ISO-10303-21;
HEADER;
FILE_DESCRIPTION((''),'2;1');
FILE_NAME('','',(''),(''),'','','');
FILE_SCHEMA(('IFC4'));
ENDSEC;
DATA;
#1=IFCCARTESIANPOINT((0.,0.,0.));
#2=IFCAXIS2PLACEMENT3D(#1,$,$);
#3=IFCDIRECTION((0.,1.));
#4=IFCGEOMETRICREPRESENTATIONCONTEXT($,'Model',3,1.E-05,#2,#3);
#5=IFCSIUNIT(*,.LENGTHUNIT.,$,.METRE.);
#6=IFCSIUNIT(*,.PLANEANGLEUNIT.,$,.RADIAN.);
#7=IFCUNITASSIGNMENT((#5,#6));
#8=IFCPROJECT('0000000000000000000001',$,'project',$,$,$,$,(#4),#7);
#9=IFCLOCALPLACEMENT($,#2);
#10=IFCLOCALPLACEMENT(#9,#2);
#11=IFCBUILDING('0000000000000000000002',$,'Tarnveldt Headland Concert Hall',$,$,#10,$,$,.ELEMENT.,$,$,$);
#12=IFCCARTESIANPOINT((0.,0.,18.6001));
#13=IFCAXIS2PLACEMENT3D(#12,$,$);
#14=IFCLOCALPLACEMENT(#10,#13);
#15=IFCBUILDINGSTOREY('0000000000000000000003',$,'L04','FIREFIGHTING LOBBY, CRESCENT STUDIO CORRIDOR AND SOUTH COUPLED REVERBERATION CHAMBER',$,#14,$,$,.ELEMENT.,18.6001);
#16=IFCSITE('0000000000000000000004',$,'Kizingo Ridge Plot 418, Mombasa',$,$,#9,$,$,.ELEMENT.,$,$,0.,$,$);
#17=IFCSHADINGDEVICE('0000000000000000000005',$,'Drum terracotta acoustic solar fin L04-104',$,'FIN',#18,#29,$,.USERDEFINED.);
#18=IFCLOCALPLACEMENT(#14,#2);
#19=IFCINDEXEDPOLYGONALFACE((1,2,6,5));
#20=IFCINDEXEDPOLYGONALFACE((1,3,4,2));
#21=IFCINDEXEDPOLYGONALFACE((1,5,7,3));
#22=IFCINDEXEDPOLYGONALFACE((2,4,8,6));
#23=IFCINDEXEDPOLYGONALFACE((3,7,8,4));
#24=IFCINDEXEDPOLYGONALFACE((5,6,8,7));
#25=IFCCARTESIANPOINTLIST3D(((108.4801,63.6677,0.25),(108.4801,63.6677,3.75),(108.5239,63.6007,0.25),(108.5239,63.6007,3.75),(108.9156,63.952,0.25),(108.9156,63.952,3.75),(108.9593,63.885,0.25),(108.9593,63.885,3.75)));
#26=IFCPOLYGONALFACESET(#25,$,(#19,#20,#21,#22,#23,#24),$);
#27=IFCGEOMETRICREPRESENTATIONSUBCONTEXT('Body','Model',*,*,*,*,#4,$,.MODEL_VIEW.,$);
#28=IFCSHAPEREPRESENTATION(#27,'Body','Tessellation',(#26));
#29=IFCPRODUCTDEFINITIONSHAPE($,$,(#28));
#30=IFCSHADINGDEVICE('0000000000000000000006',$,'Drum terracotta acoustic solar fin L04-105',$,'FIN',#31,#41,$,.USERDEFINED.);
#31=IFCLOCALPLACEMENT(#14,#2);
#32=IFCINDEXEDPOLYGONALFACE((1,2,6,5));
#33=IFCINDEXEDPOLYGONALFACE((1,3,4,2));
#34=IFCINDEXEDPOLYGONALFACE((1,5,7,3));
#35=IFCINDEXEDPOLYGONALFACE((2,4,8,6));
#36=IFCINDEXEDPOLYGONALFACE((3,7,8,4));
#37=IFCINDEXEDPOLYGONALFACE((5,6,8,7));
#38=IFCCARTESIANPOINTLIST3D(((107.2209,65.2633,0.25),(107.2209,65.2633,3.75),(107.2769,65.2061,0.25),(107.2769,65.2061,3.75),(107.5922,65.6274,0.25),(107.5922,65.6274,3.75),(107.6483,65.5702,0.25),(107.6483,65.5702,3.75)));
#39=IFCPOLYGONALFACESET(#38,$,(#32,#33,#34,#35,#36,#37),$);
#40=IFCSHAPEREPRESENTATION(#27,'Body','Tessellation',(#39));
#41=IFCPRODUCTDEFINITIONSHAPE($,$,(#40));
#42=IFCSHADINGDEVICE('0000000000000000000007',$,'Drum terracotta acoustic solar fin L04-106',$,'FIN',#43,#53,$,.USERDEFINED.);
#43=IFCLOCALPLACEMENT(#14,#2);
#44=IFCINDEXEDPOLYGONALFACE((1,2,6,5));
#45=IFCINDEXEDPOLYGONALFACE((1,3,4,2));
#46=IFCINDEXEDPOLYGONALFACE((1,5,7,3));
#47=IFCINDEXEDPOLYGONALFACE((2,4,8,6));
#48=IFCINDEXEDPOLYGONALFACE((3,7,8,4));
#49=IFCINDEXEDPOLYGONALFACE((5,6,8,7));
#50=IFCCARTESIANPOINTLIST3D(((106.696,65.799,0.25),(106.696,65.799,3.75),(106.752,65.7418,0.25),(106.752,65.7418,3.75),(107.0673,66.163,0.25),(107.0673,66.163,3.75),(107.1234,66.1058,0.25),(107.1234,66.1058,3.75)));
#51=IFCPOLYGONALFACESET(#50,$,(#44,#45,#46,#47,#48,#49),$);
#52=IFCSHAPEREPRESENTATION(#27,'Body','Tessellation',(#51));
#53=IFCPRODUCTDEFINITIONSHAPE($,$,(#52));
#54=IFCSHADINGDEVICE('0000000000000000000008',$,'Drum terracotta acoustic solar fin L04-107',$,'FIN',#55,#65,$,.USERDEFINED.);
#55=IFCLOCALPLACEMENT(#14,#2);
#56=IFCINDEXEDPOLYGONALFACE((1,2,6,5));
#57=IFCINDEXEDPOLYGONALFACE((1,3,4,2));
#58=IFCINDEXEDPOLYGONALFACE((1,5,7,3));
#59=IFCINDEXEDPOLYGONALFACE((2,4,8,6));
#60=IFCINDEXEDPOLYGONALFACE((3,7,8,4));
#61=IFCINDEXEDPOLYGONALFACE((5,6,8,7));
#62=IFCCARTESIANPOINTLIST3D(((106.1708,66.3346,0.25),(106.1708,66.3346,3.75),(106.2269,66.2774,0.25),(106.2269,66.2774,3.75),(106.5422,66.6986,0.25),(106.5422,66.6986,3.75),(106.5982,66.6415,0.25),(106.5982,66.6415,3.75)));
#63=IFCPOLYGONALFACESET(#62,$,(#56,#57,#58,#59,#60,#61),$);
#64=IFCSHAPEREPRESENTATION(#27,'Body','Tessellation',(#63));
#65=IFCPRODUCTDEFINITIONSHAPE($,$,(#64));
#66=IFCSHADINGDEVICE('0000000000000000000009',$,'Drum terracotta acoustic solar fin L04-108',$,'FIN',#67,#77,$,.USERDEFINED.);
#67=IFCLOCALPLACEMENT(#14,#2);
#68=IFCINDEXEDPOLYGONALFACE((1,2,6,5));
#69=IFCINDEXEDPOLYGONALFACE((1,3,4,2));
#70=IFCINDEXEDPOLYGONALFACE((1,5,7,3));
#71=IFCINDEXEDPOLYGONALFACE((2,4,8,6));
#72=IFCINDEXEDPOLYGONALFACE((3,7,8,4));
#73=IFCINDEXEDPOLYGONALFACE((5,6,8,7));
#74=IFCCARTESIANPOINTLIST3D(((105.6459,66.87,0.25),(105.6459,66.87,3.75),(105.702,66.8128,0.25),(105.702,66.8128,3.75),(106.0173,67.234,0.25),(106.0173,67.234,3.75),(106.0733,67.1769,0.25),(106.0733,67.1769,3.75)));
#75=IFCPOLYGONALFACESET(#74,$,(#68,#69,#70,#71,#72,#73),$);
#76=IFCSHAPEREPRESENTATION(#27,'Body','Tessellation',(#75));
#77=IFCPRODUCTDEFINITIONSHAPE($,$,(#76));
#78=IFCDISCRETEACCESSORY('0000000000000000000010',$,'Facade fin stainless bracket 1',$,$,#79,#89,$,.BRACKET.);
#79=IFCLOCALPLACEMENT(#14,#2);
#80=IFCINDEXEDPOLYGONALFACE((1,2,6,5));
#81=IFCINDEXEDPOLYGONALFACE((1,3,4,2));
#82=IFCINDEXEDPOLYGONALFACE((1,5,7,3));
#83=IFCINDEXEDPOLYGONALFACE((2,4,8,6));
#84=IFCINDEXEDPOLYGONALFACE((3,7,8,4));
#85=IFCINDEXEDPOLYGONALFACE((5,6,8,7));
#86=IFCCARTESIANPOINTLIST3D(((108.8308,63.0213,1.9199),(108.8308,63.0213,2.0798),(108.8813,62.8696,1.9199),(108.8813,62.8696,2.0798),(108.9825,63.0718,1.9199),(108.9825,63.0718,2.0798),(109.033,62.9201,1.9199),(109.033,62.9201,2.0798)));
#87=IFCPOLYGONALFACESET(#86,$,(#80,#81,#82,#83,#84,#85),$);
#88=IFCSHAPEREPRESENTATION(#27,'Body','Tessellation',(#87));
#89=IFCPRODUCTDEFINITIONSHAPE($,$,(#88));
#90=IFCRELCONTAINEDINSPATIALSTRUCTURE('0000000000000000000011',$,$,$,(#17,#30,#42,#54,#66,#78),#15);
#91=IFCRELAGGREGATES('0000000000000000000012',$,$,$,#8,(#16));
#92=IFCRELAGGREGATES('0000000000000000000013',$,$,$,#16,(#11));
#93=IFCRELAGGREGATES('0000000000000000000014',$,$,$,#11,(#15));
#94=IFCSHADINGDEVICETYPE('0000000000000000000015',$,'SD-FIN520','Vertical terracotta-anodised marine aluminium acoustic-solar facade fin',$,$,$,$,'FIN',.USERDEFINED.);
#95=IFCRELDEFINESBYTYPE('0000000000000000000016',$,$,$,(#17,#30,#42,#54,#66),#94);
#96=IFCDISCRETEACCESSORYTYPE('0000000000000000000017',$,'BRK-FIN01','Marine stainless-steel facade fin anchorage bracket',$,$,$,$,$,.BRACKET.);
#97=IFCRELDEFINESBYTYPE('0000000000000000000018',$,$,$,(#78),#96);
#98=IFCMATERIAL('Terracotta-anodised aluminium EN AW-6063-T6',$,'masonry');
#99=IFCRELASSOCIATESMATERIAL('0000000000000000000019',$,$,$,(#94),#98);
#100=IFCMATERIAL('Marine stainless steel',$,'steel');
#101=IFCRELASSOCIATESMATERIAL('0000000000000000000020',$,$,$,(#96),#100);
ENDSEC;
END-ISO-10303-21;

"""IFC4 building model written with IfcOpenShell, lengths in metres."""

from ifc_helpers import new_model, si_unit, direction, frame, origin, origin_2d, place, context, subcontext, project, spatial, rectangle, extrude, material, type_object, element, save


model = new_model("IFC4")

# Units and contexts
model_context = context("Model", 3, precision=1e-05, world=origin(), true_north=direction((0.0, 1.0)))
body_context = subcontext(model_context, "Body", "Model", "MODEL_VIEW")
ifc_project = project(units=[si_unit("LENGTHUNIT", "METRE"), si_unit("PLANEANGLEUNIT", "RADIAN")], contexts=[model_context])

# Site, building, storey
site_placement = place(None, origin())
site = spatial("IfcSite", under=ifc_project, at=site_placement, Name="Kizingo Ridge Plot 418, Mombasa", CompositionType="ELEMENT", RefElevation=0.0)
building_placement = place(site_placement, origin())
building = spatial("IfcBuilding", under=site, at=building_placement, Name="Tarnveldt Headland Concert Hall", CompositionType="ELEMENT")
storey_placement = place(building_placement, frame((0.0, 0.0, 18.6001)))
storey = spatial("IfcBuildingStorey", under=building, at=storey_placement, Name="L04", Description="FIREFIGHTING LOBBY, CRESCENT STUDIO CORRIDOR AND SOUTH COUPLED REVERBERATION CHAMBER", CompositionType="ELEMENT", Elevation=18.6001)

# Shading devices
ifc_material_1 = material(Name="Terracotta-anodised aluminium EN AW-6063-T6", Category="masonry")
shading_device_type = type_object("IfcShadingDeviceType", Name="SD-FIN520", Description="Vertical terracotta-anodised marine aluminium acoustic-solar facade fin", ElementType="FIN", PredefinedType="USERDEFINED", material=ifc_material_1)
for number, where, z_axis, x_axis, name in (
    (1, (108.7197, 63.7764, 0.25), (0.0, 0.0, 1.0), (0.837337, 0.546687, 0.0), "Drum terracotta acoustic solar fin L04-104"),
    (2, (107.4346, 65.4167, 0.25), (0.0, 0.0, 1.0), (0.714106, 0.700037, 0.0), "Drum terracotta acoustic solar fin L04-105"),
    (3, (106.9097, 65.9524, 0.25), (0.0, 0.0, 1.0), (0.714106, 0.700037, 0.0), "Drum terracotta acoustic solar fin L04-106"),
    (4, (106.3845, 66.488, 0.25), (0.0, 0.0, 1.0), (0.714106, 0.700037, 0.0), "Drum terracotta acoustic solar fin L04-107"),
    (5, (105.8596, 67.0234, 0.25), (0.0, 0.0, 1.0), (0.714106, 0.700037, 0.0), "Drum terracotta acoustic solar fin L04-108"),
):
    element("IfcShadingDevice", number, at=place(storey_placement, frame(where, z_axis=z_axis, x_axis=x_axis)), inside=storey, type_object=shading_device_type, Name=name, ObjectType="FIN", PredefinedType="USERDEFINED", context=body_context, shape_type="SweptSolid", body=[
        extrude(rectangle(XDim=0.52, YDim=0.0801, at=origin_2d()), origin(), (0.0, 0.0, 1.0), 3.5),
    ])

# Discrete accessory
ifc_material_2 = material(Name="Marine stainless steel", Category="steel")
discrete_accessory_type = type_object("IfcDiscreteAccessoryType", Name="BRK-FIN01", Description="Marine stainless-steel facade fin anchorage bracket", PredefinedType="BRACKET", material=ifc_material_2)
discrete_accessory_placement = place(storey_placement, frame((108.9319, 62.9707, 1.9199), z_axis=(0.0, 0.0, 1.0), x_axis=(0.948766, 0.31598, 0.0)))
element("IfcDiscreteAccessory", 6, at=discrete_accessory_placement, inside=storey, type_object=discrete_accessory_type, Name="Facade fin stainless bracket 1", PredefinedType="BRACKET", context=body_context, shape_type="SweptSolid", body=[
    extrude(rectangle(XDim=0.1599, YDim=0.1599, at=origin_2d()), origin(), (0.0, 0.0, 1.0), 0.1599),
])

save(model, "model.ifc")
